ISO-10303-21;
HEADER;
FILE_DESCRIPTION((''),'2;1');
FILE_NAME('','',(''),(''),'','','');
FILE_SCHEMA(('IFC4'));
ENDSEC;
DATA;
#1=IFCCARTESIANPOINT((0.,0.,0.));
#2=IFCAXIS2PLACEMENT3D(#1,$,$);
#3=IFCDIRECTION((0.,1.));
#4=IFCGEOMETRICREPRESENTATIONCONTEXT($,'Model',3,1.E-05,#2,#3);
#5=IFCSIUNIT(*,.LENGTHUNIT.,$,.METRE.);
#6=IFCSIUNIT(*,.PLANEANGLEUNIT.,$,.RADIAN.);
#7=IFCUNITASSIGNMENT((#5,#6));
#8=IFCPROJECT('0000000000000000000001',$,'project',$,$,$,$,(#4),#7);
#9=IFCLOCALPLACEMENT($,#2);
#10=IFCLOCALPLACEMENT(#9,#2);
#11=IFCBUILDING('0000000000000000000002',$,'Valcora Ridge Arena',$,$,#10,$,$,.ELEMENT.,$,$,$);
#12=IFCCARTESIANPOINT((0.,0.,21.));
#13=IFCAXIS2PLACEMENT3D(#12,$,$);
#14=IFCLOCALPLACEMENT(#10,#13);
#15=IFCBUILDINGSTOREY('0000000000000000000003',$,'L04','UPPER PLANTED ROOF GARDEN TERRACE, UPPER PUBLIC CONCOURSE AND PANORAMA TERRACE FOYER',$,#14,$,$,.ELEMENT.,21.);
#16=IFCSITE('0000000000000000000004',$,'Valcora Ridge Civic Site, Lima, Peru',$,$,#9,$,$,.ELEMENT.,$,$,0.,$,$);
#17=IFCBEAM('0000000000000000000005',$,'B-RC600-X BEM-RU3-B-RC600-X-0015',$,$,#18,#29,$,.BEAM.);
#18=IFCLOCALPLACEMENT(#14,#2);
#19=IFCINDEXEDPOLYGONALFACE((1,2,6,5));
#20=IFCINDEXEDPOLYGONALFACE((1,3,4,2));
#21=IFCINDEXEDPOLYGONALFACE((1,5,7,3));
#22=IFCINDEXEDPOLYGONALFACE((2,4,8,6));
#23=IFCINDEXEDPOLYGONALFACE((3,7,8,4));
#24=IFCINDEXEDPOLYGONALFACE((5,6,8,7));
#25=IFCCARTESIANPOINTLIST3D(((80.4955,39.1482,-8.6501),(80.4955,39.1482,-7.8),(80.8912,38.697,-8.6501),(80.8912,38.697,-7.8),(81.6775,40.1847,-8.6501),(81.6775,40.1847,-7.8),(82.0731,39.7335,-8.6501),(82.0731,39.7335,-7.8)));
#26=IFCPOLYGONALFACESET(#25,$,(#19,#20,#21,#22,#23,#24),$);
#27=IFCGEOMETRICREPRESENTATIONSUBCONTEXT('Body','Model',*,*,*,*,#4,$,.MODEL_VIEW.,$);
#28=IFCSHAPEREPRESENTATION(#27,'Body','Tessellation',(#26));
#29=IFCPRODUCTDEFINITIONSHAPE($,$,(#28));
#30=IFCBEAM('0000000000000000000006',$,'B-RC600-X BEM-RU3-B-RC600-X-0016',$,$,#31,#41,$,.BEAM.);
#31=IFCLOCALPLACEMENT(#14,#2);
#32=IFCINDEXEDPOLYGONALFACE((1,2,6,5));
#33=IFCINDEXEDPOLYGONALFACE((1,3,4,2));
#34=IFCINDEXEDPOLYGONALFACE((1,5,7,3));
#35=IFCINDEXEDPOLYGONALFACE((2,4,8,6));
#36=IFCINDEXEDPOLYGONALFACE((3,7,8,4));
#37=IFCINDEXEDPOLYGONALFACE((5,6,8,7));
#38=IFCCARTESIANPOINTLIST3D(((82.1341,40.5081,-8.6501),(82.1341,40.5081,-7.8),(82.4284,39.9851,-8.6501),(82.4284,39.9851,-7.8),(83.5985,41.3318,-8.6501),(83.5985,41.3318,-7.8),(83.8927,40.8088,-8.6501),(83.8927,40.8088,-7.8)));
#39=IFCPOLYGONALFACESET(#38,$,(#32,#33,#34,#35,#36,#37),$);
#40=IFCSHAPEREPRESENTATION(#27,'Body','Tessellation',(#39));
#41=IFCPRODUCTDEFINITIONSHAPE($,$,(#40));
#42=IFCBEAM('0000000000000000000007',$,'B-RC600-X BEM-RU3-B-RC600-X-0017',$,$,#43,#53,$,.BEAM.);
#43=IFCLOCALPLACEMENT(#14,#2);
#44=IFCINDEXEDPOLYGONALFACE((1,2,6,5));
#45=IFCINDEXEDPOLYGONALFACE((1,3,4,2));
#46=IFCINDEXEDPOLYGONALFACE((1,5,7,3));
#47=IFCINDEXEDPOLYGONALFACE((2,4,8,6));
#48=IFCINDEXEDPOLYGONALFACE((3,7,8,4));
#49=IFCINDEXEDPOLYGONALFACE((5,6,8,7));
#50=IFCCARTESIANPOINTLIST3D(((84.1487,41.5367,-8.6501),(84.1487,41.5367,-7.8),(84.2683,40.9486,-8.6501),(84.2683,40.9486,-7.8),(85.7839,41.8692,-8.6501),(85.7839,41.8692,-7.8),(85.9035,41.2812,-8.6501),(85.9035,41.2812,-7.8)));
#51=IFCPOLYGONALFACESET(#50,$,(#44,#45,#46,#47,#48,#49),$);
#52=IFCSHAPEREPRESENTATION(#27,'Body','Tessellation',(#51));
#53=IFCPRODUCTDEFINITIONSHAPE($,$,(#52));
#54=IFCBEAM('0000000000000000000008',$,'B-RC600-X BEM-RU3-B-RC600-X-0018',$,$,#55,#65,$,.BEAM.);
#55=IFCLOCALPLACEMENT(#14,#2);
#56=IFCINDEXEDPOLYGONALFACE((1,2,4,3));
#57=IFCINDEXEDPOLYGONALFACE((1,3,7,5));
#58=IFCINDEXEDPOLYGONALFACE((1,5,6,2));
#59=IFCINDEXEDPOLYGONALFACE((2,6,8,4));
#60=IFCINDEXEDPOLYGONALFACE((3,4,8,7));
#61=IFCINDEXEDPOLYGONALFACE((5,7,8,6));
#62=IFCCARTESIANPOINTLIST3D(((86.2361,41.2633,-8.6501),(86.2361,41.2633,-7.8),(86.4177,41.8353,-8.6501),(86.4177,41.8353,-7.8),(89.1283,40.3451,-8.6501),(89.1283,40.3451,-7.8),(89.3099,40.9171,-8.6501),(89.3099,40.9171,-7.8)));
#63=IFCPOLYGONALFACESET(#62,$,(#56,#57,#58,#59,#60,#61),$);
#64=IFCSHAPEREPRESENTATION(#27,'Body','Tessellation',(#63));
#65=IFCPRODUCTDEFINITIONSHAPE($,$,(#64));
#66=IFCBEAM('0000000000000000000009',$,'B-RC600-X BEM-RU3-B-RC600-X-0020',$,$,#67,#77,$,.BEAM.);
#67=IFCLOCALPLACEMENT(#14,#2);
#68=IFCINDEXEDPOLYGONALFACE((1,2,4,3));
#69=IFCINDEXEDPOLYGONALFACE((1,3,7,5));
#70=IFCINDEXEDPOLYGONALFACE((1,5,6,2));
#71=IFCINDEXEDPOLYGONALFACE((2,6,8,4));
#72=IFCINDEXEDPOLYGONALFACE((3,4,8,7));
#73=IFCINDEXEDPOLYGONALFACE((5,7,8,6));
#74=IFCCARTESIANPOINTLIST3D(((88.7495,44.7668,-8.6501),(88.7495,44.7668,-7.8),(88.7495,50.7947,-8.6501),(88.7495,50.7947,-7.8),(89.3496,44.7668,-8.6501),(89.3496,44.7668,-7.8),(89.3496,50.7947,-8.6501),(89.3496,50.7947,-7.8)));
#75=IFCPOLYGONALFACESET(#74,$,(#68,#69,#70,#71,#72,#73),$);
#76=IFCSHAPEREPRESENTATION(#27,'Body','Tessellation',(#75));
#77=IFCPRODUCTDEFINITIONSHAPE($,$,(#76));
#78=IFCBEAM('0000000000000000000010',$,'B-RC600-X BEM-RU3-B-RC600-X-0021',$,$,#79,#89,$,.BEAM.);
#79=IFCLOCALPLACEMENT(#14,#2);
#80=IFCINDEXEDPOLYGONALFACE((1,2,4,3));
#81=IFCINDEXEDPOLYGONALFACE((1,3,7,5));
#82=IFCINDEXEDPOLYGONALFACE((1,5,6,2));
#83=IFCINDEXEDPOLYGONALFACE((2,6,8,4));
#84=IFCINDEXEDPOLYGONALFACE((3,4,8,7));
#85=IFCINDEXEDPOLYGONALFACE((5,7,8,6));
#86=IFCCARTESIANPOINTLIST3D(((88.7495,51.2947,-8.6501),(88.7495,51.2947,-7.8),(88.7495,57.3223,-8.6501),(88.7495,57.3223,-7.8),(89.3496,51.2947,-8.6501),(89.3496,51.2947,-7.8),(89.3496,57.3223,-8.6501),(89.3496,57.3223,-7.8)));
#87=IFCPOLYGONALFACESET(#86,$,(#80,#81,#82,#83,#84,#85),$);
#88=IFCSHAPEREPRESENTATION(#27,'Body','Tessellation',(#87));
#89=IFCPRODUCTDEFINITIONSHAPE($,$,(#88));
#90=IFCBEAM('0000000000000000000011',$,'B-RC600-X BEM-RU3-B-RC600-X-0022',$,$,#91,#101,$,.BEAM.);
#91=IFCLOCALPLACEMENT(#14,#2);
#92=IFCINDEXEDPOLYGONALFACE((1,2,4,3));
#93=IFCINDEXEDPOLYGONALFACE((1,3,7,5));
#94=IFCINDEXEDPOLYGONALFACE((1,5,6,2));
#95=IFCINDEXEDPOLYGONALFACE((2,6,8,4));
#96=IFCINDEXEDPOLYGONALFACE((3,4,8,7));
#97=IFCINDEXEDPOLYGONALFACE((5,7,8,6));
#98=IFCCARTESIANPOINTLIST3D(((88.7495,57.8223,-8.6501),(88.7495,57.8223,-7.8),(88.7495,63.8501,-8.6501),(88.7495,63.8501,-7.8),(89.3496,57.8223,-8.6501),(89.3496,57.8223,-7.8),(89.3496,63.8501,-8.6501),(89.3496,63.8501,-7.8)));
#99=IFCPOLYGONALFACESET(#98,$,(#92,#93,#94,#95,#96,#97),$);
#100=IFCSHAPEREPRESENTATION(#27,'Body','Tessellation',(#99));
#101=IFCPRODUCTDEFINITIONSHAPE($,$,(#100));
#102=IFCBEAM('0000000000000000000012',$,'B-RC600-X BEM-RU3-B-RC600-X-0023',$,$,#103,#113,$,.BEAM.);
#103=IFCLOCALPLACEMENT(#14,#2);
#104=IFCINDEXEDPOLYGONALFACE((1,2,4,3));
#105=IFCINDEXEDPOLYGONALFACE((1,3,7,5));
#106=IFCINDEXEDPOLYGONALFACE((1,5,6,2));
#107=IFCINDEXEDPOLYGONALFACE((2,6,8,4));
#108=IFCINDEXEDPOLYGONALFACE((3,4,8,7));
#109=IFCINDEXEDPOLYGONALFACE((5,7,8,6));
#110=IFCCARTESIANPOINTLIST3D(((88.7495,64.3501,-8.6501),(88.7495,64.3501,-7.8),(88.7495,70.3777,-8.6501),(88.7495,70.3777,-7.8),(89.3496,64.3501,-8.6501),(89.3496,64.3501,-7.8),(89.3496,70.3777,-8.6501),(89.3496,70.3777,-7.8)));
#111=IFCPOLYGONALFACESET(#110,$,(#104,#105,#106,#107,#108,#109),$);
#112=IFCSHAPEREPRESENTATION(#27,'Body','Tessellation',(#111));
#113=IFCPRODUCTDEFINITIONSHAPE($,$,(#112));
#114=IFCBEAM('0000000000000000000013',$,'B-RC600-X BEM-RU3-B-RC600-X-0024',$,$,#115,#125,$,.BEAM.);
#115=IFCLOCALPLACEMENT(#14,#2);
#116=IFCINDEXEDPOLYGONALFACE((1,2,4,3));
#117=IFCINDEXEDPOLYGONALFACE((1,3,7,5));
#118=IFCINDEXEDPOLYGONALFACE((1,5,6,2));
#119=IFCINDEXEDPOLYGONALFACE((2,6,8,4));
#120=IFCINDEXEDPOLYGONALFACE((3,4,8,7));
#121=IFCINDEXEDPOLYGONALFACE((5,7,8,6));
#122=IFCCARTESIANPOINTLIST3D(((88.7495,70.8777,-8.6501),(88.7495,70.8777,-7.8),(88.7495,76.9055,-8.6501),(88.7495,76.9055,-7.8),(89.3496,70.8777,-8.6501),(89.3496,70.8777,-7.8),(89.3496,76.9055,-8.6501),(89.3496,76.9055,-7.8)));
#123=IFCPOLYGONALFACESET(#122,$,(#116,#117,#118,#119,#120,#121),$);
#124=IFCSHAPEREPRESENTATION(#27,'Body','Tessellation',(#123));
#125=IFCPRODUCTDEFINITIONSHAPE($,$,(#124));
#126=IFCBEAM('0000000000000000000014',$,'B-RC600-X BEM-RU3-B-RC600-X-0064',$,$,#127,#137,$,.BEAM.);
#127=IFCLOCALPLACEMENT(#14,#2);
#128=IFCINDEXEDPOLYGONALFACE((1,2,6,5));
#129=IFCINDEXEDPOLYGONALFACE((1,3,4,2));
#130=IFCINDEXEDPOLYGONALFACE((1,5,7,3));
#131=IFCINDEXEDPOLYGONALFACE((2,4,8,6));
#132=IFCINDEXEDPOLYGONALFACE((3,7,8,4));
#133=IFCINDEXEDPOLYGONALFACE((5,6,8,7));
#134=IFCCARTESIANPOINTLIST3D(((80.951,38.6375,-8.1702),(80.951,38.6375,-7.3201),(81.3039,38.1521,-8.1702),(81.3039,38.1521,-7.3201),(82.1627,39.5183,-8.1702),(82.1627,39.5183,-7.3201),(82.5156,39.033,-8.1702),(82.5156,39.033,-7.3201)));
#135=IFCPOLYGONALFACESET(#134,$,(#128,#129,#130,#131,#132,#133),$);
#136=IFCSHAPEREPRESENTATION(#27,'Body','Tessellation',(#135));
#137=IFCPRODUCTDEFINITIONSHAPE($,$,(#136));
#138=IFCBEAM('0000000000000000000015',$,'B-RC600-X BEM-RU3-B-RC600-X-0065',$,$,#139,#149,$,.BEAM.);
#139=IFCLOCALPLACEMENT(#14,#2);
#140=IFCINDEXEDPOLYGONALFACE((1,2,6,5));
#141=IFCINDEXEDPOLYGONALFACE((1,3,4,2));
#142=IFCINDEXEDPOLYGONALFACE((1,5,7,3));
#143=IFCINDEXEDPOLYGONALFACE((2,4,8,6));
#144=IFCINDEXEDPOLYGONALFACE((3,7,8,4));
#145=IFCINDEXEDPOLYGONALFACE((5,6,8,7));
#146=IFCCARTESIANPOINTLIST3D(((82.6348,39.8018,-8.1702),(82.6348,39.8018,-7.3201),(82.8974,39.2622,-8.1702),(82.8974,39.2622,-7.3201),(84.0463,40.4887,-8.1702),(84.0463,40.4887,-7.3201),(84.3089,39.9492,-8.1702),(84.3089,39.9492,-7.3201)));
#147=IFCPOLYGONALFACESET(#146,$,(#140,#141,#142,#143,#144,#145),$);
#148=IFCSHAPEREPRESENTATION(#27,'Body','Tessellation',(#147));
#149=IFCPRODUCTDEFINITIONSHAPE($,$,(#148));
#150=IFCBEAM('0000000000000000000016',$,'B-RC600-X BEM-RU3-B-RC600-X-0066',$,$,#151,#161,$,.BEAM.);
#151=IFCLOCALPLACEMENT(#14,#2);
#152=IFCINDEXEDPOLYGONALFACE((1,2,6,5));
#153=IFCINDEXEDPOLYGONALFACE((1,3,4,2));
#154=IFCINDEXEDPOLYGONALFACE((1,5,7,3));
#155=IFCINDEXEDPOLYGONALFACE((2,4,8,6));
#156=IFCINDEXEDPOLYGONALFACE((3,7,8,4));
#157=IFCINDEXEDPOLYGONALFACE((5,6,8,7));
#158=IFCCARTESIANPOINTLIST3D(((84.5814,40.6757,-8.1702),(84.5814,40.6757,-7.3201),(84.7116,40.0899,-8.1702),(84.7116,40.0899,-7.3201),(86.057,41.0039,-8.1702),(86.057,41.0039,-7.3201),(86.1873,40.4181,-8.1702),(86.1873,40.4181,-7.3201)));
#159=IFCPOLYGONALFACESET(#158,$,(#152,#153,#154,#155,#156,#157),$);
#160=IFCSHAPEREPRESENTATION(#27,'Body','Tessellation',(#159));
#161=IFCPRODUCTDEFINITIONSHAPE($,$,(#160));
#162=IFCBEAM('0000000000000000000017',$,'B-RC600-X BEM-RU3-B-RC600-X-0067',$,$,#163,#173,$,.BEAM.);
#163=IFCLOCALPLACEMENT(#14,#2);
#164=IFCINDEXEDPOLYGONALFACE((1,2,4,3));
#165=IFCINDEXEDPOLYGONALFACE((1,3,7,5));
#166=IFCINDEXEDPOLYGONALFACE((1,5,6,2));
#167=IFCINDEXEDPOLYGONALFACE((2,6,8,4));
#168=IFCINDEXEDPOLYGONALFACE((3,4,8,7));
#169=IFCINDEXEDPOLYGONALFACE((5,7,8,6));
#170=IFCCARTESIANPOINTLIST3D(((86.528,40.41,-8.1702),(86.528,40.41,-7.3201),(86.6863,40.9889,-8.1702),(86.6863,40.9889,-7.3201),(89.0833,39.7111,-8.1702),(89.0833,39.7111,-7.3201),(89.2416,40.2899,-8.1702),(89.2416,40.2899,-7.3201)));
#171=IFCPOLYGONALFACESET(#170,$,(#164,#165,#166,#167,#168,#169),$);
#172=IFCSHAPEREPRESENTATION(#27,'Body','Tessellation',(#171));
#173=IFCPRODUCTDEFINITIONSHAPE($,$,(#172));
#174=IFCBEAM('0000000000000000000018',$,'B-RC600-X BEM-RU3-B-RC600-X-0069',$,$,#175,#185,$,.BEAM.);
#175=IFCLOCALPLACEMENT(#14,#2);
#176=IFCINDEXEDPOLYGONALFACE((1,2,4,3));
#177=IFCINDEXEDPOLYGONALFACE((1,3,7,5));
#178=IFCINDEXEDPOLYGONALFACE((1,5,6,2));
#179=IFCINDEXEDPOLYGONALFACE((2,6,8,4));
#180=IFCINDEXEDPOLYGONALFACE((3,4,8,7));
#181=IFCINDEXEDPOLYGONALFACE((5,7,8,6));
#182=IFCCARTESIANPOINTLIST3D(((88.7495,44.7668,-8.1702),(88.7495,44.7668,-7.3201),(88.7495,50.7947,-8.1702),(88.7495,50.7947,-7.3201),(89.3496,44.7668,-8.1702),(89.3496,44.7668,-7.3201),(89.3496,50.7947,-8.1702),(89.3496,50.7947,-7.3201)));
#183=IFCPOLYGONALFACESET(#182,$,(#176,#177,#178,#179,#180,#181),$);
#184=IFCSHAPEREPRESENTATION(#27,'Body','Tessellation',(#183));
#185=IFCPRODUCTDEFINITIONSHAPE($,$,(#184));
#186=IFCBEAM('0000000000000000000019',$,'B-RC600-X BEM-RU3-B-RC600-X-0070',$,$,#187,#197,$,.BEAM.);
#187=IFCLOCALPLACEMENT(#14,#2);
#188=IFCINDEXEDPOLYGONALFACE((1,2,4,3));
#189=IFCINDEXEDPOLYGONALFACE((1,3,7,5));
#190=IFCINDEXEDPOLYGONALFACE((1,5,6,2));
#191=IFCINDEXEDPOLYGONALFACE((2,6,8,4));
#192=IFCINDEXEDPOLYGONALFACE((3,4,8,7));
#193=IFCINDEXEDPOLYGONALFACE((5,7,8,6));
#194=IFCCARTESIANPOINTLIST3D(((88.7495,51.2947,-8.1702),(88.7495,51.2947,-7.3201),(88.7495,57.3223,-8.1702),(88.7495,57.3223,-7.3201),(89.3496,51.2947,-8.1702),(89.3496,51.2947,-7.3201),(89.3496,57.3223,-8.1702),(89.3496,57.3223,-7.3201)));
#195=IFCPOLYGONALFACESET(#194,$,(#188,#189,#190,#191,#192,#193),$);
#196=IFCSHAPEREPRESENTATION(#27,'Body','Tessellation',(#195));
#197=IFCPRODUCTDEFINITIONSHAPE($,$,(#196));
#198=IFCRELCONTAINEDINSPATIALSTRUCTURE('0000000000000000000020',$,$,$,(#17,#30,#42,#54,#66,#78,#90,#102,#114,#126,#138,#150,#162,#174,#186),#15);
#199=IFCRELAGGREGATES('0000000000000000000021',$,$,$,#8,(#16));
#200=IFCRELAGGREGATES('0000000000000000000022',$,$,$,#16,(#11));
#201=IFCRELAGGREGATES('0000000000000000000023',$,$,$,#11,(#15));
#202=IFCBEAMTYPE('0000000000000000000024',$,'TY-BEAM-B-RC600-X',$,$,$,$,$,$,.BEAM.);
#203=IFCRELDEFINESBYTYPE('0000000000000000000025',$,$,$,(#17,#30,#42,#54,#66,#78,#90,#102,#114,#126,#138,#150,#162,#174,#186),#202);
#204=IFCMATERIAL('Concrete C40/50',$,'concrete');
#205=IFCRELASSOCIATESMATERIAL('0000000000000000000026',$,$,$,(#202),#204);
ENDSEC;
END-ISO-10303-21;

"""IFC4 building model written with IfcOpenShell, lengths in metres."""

from ifc_helpers import new_model, si_unit, direction, frame, origin, origin_2d, place, context, subcontext, project, spatial, rectangle, extrude, material, material_profile, profile_set, type_object, element, save


model = new_model("IFC4")

# Units and contexts
model_context = context("Model", 3, precision=1e-05, world=origin(), true_north=direction((0.0, 1.0)))
body_context = subcontext(model_context, "Body", "Model", "MODEL_VIEW")
ifc_project = project(units=[si_unit("LENGTHUNIT", "METRE"), si_unit("PLANEANGLEUNIT", "RADIAN")], contexts=[model_context])

# Site, building, storey
site_placement = place(None, origin())
site = spatial("IfcSite", under=ifc_project, at=site_placement, Name="Valcora Ridge Civic Site, Lima, Peru", CompositionType="ELEMENT", RefElevation=0.0)
building_placement = place(site_placement, origin())
building = spatial("IfcBuilding", under=site, at=building_placement, Name="Valcora Ridge Arena", CompositionType="ELEMENT")
storey_placement = place(building_placement, frame((0.0, 0.0, 21.0)))
storey = spatial("IfcBuildingStorey", under=building, at=storey_placement, Name="L04", Description="UPPER PLANTED ROOF GARDEN TERRACE, UPPER PUBLIC CONCOURSE AND PANORAMA TERRACE FOYER", CompositionType="ELEMENT", Elevation=21.0)

# Beams
ifc_material_1 = material(Name="Concrete C40/50", Category="concrete")
ifc_material_profile_1 = material_profile(ifc_material_1, rectangle(XDim=0.6001, YDim=0.8501, at=origin_2d()), Name="RC 600x850")
ifc_profile_set_1 = profile_set([ifc_material_profile_1], Name="Concrete C40/50")
beam_type_1 = type_object("IfcBeamType", Name="TY-BEAM-B-RC600-X", PredefinedType="BEAM", material=ifc_profile_set_1)
beam_1_placement = place(storey_placement, frame((80.6934, 38.9226, -8.2251), z_axis=(0.751874, 0.659307, 0.0), x_axis=(-0.659307, 0.751874, 0.0)))
element("IfcBeam", 1, at=beam_1_placement, inside=storey, type_object=beam_type_1, Name="B-RC600-X BEM-RU3-B-RC600-X-0015", PredefinedType="BEAM", context=body_context, shape_type="SweptSolid", body=[
    extrude(rectangle(XDim=0.6001, YDim=0.8501, at=origin_2d()), origin(), (0.0, 0.0, 1.0), 1.572),
])
beam_2_placement = place(storey_placement, frame((82.2812, 40.2466, -8.2251), z_axis=(0.871568, 0.490275, 0.0), x_axis=(-0.490275, 0.871568, 0.0)))
element("IfcBeam", 2, at=beam_2_placement, inside=storey, type_object=beam_type_1, Name="B-RC600-X BEM-RU3-B-RC600-X-0016", PredefinedType="BEAM", context=body_context, shape_type="SweptSolid", body=[
    extrude(rectangle(XDim=0.6001, YDim=0.8501, at=origin_2d()), origin(), (0.0, 0.0, 1.0), 1.6802),
])
beam_3_placement = place(storey_placement, frame((84.2085, 41.2427, -8.2251), z_axis=(0.979945, 0.199266, 0.0), x_axis=(-0.199266, 0.979945, 0.0)))
element("IfcBeam", 3, at=beam_3_placement, inside=storey, type_object=beam_type_1, Name="B-RC600-X BEM-RU3-B-RC600-X-0017", PredefinedType="BEAM", context=body_context, shape_type="SweptSolid", body=[
    extrude(rectangle(XDim=0.6001, YDim=0.8501, at=origin_2d()), origin(), (0.0, 0.0, 1.0), 1.6687),
])
beam_4_placement = place(storey_placement, frame((86.3269, 41.5493, -8.2251), z_axis=(0.953116, -0.302606, 0.0), x_axis=(0.302606, 0.953116, 0.0)))
element("IfcBeam", 4, at=beam_4_placement, inside=storey, type_object=beam_type_1, Name="B-RC600-X BEM-RU3-B-RC600-X-0018", PredefinedType="BEAM", context=body_context, shape_type="SweptSolid", body=[
    extrude(rectangle(XDim=0.6001, YDim=0.8501, at=origin_2d()), origin(), (0.0, 0.0, 1.0), 3.0344),
])
beam_5_placement = place(storey_placement, frame((89.0496, 44.7668, -8.2251), z_axis=(0.0, 1.0, 0.0), x_axis=(-1.0, 0.0, 0.0)))
element("IfcBeam", 5, at=beam_5_placement, inside=storey, type_object=beam_type_1, Name="B-RC600-X BEM-RU3-B-RC600-X-0020", PredefinedType="BEAM", context=body_context, shape_type="SweptSolid", body=[
    extrude(rectangle(XDim=0.6001, YDim=0.8501, at=origin_2d()), origin(), (0.0, 0.0, 1.0), 6.0278),
])
beam_6_placement = place(storey_placement, frame((89.0496, 51.2947, -8.2251), z_axis=(0.0, 1.0, 0.0), x_axis=(-1.0, 0.0, 0.0)))
element("IfcBeam", 6, at=beam_6_placement, inside=storey, type_object=beam_type_1, Name="B-RC600-X BEM-RU3-B-RC600-X-0021", PredefinedType="BEAM", context=body_context, shape_type="SweptSolid", body=[
    extrude(rectangle(XDim=0.6001, YDim=0.8501, at=origin_2d()), origin(), (0.0, 0.0, 1.0), 6.0276),
])
beam_7_placement = place(storey_placement, frame((89.0496, 57.8223, -8.2251), z_axis=(0.0, 1.0, 0.0), x_axis=(-1.0, 0.0, 0.0)))
element("IfcBeam", 7, at=beam_7_placement, inside=storey, type_object=beam_type_1, Name="B-RC600-X BEM-RU3-B-RC600-X-0022", PredefinedType="BEAM", context=body_context, shape_type="SweptSolid", body=[
    extrude(rectangle(XDim=0.6001, YDim=0.8501, at=origin_2d()), origin(), (0.0, 0.0, 1.0), 6.0278),
])
beam_8_placement = place(storey_placement, frame((89.0496, 64.3501, -8.2251), z_axis=(0.0, 1.0, 0.0), x_axis=(-1.0, 0.0, 0.0)))
element("IfcBeam", 8, at=beam_8_placement, inside=storey, type_object=beam_type_1, Name="B-RC600-X BEM-RU3-B-RC600-X-0023", PredefinedType="BEAM", context=body_context, shape_type="SweptSolid", body=[
    extrude(rectangle(XDim=0.6001, YDim=0.8501, at=origin_2d()), origin(), (0.0, 0.0, 1.0), 6.0276),
])
beam_9_placement = place(storey_placement, frame((89.0496, 70.8777, -8.2251), z_axis=(0.0, 1.0, 0.0), x_axis=(-1.0, 0.0, 0.0)))
element("IfcBeam", 9, at=beam_9_placement, inside=storey, type_object=beam_type_1, Name="B-RC600-X BEM-RU3-B-RC600-X-0024", PredefinedType="BEAM", context=body_context, shape_type="SweptSolid", body=[
    extrude(rectangle(XDim=0.6001, YDim=0.8501, at=origin_2d()), origin(), (0.0, 0.0, 1.0), 6.0278),
])
beam_10_placement = place(storey_placement, frame((81.1274, 38.3948, -7.7451), z_axis=(0.808849, 0.588017, 0.0), x_axis=(-0.588017, 0.808849, 0.0)))
element("IfcBeam", 10, at=beam_10_placement, inside=storey, type_object=beam_type_1, Name="B-RC600-X BEM-RU3-B-RC600-X-0064", PredefinedType="BEAM", context=body_context, shape_type="SweptSolid", body=[
    extrude(rectangle(XDim=0.6001, YDim=0.8501, at=origin_2d()), origin(), (0.0, 0.0, 1.0), 1.498),
])
beam_11_placement = place(storey_placement, frame((82.7661, 39.532, -7.7451), z_axis=(0.899166, 0.437608, 0.0), x_axis=(-0.437608, 0.899166, 0.0)))
element("IfcBeam", 11, at=beam_11_placement, inside=storey, type_object=beam_type_1, Name="B-RC600-X BEM-RU3-B-RC600-X-0065", PredefinedType="BEAM", context=body_context, shape_type="SweptSolid", body=[
    extrude(rectangle(XDim=0.6001, YDim=0.8501, at=origin_2d()), origin(), (0.0, 0.0, 1.0), 1.5698),
])
beam_12_placement = place(storey_placement, frame((84.6465, 40.3828, -7.7451), z_axis=(0.976157, 0.217067, 0.0), x_axis=(-0.217067, 0.976157, 0.0)))
element("IfcBeam", 12, at=beam_12_placement, inside=storey, type_object=beam_type_1, Name="B-RC600-X BEM-RU3-B-RC600-X-0066", PredefinedType="BEAM", context=body_context, shape_type="SweptSolid", body=[
    extrude(rectangle(XDim=0.6001, YDim=0.8501, at=origin_2d()), origin(), (0.0, 0.0, 1.0), 1.5117),
])
beam_13_placement = place(storey_placement, frame((86.6072, 40.6995, -7.7451), z_axis=(0.964568, -0.263835, 0.0), x_axis=(0.263835, 0.964568, 0.0)))
element("IfcBeam", 13, at=beam_13_placement, inside=storey, type_object=beam_type_1, Name="B-RC600-X BEM-RU3-B-RC600-X-0067", PredefinedType="BEAM", context=body_context, shape_type="SweptSolid", body=[
    extrude(rectangle(XDim=0.6001, YDim=0.8501, at=origin_2d()), origin(), (0.0, 0.0, 1.0), 2.6492),
])
beam_14_placement = place(storey_placement, frame((89.0496, 44.7668, -7.7451), z_axis=(0.0, 1.0, 0.0), x_axis=(-1.0, 0.0, 0.0)))
element("IfcBeam", 14, at=beam_14_placement, inside=storey, type_object=beam_type_1, Name="B-RC600-X BEM-RU3-B-RC600-X-0069", PredefinedType="BEAM", context=body_context, shape_type="SweptSolid", body=[
    extrude(rectangle(XDim=0.6001, YDim=0.8501, at=origin_2d()), origin(), (0.0, 0.0, 1.0), 6.0278),
])
beam_15_placement = place(storey_placement, frame((89.0496, 51.2947, -7.7451), z_axis=(0.0, 1.0, 0.0), x_axis=(-1.0, 0.0, 0.0)))
element("IfcBeam", 15, at=beam_15_placement, inside=storey, type_object=beam_type_1, Name="B-RC600-X BEM-RU3-B-RC600-X-0070", PredefinedType="BEAM", context=body_context, shape_type="SweptSolid", body=[
    extrude(rectangle(XDim=0.6001, YDim=0.8501, at=origin_2d()), origin(), (0.0, 0.0, 1.0), 6.0276),
])

save(model, "model.ifc")
